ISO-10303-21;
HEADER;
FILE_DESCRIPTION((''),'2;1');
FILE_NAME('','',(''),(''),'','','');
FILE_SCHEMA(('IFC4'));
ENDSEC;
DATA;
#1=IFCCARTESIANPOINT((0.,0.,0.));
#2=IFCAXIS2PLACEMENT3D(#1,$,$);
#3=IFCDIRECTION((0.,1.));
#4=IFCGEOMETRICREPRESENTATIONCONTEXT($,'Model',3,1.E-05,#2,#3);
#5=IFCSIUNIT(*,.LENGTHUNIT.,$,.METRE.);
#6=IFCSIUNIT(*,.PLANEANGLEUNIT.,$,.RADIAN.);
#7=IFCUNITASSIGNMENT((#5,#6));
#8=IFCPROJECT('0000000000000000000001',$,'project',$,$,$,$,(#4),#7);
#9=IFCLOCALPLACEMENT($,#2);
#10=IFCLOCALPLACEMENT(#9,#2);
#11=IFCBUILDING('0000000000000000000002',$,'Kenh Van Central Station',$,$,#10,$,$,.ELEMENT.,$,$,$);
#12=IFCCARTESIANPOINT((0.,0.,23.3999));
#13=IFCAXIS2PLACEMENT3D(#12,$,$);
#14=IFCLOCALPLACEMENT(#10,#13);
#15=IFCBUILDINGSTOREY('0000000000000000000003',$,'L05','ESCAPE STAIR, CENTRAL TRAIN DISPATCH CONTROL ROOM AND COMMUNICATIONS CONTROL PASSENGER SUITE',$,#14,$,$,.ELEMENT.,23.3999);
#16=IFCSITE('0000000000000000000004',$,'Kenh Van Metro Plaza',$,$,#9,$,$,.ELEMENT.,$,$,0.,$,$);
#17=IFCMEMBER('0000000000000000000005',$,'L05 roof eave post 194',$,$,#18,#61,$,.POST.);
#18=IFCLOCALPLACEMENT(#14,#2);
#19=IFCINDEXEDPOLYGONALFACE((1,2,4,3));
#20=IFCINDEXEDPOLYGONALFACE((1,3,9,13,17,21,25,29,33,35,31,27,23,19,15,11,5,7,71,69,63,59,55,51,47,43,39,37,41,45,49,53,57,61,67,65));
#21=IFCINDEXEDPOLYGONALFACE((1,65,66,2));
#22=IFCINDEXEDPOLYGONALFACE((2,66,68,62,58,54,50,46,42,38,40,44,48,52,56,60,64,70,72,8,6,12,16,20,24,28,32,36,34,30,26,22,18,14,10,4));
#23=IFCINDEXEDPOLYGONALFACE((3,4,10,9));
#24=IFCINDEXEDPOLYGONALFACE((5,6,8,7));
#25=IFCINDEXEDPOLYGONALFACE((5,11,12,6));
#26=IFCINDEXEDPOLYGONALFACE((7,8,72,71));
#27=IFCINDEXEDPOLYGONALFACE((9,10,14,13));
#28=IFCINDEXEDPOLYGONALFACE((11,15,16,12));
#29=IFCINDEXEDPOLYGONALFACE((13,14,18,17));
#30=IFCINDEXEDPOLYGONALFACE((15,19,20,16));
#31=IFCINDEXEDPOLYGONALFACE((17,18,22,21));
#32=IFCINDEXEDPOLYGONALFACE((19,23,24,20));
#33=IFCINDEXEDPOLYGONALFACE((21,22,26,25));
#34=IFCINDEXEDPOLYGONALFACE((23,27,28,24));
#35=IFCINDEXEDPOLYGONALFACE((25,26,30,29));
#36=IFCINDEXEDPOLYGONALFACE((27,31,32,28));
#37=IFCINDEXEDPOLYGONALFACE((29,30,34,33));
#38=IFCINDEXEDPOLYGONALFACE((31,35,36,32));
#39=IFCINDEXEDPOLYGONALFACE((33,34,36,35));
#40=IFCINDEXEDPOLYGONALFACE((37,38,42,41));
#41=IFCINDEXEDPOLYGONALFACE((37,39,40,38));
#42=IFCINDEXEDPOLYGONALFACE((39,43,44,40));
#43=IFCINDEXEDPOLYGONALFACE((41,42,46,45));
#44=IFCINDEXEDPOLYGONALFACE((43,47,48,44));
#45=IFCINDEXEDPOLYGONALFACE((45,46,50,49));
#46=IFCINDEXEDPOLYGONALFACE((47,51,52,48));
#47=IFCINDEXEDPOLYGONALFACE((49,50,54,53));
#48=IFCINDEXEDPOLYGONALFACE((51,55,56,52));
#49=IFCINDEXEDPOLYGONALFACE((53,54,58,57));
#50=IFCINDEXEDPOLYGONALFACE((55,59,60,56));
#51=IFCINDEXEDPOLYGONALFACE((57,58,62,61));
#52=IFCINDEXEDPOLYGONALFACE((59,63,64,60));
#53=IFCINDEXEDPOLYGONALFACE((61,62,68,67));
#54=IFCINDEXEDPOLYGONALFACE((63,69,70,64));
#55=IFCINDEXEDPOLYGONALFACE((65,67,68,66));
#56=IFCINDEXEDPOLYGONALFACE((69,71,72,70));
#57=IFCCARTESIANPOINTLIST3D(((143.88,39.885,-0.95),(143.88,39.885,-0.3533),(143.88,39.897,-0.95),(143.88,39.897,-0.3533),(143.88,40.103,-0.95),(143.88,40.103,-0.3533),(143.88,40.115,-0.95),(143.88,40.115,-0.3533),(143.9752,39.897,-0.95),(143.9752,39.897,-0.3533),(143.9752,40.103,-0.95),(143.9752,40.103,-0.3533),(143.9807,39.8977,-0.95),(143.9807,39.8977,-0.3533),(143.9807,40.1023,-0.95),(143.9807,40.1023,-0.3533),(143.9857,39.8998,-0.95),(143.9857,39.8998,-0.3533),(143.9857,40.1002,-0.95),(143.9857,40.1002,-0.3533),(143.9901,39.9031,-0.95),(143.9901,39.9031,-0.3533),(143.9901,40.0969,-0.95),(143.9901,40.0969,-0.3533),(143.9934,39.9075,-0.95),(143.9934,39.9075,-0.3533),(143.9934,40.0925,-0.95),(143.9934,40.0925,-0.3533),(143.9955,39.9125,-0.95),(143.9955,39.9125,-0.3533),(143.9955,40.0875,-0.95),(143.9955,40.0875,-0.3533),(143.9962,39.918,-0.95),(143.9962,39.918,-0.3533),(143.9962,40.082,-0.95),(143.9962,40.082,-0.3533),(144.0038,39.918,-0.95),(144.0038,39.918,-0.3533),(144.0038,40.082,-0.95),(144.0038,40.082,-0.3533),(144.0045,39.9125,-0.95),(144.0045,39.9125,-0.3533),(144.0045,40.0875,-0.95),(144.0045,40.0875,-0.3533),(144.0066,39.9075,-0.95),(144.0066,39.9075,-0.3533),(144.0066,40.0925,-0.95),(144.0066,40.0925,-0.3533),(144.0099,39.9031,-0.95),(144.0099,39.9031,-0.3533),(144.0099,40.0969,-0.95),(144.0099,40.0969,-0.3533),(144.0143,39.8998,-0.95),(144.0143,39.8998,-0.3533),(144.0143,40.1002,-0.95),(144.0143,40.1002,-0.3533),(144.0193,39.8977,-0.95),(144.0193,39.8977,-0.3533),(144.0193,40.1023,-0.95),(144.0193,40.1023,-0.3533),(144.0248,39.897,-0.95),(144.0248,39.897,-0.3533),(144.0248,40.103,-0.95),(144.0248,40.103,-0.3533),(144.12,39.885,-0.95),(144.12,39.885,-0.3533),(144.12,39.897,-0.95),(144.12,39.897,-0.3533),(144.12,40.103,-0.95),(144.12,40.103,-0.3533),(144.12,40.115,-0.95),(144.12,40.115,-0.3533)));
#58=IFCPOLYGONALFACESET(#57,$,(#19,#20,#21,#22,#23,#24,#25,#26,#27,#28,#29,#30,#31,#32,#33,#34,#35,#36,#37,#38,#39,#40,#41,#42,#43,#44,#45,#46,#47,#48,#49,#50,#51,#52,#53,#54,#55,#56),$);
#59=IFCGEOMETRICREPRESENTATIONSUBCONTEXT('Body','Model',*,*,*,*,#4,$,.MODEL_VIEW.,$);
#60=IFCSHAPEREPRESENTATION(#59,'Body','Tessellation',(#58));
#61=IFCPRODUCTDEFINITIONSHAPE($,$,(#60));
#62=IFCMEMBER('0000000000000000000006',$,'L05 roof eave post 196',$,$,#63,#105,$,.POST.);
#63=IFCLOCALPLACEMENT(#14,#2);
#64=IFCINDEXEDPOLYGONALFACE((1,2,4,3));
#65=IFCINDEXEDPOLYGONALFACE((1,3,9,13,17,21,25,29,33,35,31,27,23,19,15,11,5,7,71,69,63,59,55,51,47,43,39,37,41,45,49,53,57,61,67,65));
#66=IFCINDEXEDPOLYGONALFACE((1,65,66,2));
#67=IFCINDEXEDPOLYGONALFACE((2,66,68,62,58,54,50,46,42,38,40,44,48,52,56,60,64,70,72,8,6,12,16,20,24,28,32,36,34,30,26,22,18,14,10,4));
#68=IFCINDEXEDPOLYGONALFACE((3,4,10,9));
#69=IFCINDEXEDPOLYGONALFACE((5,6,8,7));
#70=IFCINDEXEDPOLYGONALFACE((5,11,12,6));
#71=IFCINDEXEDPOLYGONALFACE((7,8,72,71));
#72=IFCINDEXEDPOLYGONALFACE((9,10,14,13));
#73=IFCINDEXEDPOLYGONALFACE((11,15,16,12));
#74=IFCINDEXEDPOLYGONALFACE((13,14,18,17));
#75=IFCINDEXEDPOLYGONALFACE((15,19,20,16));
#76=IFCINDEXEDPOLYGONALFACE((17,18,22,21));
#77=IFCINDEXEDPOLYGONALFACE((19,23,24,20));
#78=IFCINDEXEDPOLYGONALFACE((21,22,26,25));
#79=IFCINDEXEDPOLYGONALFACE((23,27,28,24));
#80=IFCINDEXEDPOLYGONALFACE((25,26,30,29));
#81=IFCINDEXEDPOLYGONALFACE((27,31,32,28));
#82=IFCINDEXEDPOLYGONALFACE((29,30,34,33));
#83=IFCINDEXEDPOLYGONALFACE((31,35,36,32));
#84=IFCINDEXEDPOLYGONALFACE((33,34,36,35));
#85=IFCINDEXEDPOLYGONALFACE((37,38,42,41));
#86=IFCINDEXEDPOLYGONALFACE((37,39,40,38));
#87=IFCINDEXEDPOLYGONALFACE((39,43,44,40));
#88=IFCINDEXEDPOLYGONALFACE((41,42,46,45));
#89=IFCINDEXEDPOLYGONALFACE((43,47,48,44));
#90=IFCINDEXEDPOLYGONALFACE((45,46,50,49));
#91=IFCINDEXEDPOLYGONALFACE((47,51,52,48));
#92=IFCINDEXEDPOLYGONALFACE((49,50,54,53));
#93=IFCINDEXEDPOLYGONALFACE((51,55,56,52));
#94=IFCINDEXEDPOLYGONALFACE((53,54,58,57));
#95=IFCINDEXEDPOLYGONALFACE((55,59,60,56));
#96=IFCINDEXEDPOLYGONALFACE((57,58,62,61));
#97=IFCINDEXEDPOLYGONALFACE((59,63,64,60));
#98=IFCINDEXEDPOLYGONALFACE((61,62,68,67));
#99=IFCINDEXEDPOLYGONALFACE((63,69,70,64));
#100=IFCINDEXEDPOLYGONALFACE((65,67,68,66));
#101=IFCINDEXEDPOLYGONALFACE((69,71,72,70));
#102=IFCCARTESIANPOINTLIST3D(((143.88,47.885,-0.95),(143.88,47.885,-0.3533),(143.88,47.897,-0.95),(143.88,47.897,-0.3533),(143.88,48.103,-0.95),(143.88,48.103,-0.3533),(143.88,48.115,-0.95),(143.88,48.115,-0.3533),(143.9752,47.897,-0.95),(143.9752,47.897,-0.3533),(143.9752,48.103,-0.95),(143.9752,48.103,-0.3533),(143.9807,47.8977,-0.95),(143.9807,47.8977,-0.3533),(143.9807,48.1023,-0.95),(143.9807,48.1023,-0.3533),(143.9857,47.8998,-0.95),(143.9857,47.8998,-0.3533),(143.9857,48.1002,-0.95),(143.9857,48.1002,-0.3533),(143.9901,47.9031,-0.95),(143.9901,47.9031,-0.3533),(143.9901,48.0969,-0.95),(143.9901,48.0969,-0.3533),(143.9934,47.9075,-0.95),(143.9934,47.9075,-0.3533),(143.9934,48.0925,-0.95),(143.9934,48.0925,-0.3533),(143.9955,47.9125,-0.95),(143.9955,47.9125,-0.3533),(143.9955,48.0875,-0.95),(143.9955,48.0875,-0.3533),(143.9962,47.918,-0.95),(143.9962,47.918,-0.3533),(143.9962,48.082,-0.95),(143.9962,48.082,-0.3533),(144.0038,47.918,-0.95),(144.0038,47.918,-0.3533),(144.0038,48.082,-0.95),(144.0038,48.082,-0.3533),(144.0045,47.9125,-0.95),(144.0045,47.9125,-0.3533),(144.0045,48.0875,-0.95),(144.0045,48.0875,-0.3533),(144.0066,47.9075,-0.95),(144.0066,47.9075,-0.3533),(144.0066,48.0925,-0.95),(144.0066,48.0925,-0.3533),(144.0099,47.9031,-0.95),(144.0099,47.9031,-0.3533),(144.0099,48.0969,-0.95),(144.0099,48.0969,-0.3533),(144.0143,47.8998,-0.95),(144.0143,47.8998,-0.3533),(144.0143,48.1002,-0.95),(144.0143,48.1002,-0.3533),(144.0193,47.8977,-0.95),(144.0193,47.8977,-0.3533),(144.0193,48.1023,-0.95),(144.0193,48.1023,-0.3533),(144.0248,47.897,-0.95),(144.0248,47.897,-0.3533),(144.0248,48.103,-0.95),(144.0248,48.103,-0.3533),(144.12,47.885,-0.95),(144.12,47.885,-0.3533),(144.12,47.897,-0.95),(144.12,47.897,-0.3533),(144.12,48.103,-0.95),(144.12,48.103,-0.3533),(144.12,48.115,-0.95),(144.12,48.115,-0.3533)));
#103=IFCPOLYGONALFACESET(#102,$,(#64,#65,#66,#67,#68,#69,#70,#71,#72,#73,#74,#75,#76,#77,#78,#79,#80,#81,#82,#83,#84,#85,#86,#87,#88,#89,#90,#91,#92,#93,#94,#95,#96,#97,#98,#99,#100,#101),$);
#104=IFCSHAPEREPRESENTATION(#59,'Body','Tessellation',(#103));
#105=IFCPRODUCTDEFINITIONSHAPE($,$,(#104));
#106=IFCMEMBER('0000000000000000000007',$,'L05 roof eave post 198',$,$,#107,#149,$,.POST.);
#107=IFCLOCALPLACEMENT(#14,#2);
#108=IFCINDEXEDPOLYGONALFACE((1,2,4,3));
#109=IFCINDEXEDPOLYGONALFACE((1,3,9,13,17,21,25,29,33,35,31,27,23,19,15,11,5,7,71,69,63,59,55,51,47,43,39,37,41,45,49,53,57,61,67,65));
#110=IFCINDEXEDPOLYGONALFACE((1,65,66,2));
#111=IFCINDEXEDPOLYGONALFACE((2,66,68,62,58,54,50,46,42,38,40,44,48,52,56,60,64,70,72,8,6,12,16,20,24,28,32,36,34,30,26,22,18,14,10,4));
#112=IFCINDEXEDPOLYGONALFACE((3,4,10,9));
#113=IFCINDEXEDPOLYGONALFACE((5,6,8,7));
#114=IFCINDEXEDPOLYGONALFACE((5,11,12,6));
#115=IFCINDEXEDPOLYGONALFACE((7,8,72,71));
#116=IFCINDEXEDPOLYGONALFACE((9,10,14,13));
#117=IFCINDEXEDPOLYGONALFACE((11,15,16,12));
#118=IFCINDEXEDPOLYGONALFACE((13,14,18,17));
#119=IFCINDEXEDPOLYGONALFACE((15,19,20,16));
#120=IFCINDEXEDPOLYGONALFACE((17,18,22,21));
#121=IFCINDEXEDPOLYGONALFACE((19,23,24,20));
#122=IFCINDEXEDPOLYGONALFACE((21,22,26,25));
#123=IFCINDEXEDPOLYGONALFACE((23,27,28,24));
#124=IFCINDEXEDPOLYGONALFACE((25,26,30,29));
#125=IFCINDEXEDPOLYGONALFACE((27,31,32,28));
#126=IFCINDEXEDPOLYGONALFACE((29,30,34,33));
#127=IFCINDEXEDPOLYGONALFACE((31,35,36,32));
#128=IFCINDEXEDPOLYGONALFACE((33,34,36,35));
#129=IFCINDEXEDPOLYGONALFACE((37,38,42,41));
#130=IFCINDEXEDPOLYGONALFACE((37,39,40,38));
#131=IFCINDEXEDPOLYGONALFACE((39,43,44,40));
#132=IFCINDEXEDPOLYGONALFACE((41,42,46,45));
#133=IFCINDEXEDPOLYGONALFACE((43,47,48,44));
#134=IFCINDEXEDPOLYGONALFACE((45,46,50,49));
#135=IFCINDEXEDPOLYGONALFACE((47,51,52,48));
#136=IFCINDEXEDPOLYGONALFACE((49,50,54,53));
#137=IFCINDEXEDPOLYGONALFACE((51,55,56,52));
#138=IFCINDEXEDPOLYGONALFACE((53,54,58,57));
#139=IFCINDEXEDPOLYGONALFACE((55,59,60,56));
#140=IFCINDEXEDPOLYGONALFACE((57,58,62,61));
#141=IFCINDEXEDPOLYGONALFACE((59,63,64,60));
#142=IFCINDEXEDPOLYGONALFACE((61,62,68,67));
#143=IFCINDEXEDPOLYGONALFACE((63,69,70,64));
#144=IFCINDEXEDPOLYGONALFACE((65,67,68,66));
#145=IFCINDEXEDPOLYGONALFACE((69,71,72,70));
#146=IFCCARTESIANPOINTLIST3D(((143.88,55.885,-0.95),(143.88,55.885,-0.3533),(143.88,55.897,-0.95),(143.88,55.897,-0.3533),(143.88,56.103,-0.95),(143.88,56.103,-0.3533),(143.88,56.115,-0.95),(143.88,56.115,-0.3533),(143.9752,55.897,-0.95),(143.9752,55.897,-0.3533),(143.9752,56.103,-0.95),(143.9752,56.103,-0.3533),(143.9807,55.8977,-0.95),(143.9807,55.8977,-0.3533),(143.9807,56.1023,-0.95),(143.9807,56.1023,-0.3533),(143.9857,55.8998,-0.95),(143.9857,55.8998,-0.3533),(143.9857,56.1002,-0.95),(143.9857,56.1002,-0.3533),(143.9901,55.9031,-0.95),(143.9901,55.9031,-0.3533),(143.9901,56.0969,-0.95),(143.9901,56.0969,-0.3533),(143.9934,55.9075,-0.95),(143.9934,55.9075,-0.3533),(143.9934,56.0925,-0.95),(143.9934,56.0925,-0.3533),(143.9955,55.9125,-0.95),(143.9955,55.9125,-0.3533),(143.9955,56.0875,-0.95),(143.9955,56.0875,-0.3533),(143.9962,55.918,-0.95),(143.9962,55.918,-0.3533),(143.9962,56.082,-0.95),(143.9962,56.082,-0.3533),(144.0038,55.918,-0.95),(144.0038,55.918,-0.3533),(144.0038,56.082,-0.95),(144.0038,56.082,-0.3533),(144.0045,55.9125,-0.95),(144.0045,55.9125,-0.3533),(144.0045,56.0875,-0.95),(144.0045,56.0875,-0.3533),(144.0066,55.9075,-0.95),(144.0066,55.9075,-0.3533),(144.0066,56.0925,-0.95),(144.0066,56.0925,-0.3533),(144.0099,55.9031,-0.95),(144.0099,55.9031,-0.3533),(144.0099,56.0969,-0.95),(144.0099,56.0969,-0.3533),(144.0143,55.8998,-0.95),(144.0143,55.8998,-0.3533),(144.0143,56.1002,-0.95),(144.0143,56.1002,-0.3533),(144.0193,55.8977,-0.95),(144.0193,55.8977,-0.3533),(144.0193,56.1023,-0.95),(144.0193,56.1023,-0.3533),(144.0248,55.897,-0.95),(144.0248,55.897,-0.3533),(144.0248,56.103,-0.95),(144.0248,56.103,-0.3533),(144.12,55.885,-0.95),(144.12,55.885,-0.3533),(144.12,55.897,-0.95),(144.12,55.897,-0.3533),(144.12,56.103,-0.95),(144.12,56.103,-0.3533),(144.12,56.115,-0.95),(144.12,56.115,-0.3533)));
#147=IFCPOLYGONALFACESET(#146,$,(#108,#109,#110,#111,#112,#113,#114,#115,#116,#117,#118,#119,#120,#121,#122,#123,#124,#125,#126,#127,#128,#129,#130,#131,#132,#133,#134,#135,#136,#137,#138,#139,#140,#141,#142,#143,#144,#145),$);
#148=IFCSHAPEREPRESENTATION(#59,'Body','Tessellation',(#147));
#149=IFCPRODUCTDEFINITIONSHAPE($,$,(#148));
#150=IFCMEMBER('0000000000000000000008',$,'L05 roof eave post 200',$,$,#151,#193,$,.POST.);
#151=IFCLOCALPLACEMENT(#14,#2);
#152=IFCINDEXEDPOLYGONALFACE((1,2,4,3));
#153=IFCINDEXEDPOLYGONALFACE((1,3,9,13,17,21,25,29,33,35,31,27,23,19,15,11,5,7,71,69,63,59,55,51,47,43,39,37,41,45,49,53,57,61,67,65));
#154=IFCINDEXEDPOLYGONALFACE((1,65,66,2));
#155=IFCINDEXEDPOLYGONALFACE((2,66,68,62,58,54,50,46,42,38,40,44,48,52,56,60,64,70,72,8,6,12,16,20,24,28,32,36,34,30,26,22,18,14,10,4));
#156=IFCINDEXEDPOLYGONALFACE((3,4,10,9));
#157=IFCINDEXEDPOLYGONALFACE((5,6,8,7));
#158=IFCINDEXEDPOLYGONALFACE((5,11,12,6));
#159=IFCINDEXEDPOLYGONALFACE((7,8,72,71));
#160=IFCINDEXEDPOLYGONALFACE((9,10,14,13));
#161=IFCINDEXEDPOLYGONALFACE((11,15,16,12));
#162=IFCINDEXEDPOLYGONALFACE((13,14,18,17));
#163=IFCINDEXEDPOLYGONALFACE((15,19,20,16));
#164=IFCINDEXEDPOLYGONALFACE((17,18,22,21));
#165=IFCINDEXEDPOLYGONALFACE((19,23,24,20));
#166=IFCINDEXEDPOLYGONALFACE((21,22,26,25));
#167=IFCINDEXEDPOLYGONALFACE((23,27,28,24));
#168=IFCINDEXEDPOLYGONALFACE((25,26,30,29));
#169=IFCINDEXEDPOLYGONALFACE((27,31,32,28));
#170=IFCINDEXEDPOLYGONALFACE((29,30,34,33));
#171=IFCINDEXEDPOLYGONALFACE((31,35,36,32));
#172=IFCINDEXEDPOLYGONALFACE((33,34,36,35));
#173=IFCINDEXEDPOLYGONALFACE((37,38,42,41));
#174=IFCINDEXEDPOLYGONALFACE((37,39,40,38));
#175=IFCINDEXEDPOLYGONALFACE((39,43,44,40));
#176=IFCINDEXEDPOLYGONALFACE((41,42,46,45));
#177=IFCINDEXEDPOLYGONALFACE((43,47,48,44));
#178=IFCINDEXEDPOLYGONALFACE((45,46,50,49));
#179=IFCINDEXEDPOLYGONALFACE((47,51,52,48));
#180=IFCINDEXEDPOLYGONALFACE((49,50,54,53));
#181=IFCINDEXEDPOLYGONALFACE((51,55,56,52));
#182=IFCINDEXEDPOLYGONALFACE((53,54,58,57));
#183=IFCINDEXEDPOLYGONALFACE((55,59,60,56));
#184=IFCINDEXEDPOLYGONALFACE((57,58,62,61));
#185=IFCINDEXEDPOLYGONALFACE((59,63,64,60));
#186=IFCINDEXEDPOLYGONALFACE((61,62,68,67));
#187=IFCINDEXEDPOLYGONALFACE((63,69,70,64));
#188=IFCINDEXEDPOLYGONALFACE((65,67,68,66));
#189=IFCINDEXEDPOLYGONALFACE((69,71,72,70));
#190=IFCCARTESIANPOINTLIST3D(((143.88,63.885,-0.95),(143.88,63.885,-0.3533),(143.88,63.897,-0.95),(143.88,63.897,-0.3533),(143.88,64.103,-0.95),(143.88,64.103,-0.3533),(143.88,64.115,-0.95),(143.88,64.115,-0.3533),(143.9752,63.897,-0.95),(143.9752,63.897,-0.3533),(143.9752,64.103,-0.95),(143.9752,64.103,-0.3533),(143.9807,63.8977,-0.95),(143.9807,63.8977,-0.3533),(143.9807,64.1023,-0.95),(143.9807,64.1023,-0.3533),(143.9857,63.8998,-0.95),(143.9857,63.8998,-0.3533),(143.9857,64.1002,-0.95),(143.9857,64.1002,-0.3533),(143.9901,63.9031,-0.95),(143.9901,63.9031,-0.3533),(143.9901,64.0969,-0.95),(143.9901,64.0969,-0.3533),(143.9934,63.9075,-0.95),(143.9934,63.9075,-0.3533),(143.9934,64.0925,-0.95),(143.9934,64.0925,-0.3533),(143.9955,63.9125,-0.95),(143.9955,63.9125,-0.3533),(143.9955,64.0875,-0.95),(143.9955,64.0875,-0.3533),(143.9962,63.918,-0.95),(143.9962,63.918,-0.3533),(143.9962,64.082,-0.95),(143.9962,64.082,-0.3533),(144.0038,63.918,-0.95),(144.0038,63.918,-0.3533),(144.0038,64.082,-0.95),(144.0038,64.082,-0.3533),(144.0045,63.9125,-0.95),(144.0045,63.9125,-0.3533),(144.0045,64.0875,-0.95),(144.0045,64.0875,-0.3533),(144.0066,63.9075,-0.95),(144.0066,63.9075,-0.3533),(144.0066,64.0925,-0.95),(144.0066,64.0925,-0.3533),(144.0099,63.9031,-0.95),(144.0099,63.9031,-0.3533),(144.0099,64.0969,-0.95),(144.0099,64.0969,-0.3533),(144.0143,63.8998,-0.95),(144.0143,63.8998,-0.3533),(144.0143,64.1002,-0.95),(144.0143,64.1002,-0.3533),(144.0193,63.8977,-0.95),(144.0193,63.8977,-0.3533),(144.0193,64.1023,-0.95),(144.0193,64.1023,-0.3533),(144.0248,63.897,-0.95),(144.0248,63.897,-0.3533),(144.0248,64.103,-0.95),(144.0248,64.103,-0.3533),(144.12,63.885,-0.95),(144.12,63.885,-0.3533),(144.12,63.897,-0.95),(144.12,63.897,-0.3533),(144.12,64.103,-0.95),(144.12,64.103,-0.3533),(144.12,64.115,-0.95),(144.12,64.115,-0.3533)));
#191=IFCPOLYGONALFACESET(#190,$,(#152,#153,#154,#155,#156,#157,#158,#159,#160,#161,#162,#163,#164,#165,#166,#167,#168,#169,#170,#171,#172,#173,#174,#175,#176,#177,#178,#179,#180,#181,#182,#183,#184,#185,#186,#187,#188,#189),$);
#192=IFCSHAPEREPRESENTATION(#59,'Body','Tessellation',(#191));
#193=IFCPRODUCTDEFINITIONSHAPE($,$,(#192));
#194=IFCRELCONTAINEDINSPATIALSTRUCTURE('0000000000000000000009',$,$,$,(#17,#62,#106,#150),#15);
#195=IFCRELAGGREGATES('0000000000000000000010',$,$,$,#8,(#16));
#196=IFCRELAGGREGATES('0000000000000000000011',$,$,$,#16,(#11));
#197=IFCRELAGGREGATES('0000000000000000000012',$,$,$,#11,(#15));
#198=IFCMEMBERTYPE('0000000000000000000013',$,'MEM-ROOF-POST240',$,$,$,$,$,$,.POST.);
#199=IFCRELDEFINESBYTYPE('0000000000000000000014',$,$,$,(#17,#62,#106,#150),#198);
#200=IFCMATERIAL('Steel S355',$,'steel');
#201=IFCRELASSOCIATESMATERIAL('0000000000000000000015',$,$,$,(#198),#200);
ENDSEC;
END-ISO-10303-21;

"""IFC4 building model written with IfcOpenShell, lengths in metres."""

from ifc_helpers import new_model, si_unit, direction, frame, origin, origin_2d, place, context, subcontext, project, spatial, i_section, extrude, material, material_profile, profile_set, type_object, element, save


model = new_model("IFC4")

# Units and contexts
model_context = context("Model", 3, precision=1e-05, world=origin(), true_north=direction((0.0, 1.0)))
body_context = subcontext(model_context, "Body", "Model", "MODEL_VIEW")
ifc_project = project(units=[si_unit("LENGTHUNIT", "METRE"), si_unit("PLANEANGLEUNIT", "RADIAN")], contexts=[model_context])

# Site, building, storey
site_placement = place(None, origin())
site = spatial("IfcSite", under=ifc_project, at=site_placement, Name="Kenh Van Metro Plaza", CompositionType="ELEMENT", RefElevation=0.0)
building_placement = place(site_placement, origin())
building = spatial("IfcBuilding", under=site, at=building_placement, Name="Kenh Van Central Station", CompositionType="ELEMENT")
storey_placement = place(building_placement, frame((0.0, 0.0, 23.3999)))
storey = spatial("IfcBuildingStorey", under=building, at=storey_placement, Name="L05", Description="ESCAPE STAIR, CENTRAL TRAIN DISPATCH CONTROL ROOM AND COMMUNICATIONS CONTROL PASSENGER SUITE", CompositionType="ELEMENT", Elevation=23.3999)

# Members
ifc_material_1 = material(Name="Steel S355", Category="steel")
ifc_material_profile_1 = material_profile(ifc_material_1, i_section(OverallWidth=0.24, OverallDepth=0.23, WebThickness=0.0076, FlangeThickness=0.012, FilletRadius=0.021, at=origin_2d()), Name="HEA 240")
ifc_profile_set_1 = profile_set([ifc_material_profile_1], Name="Steel S355")
member_type_1 = type_object("IfcMemberType", Name="MEM-ROOF-POST240", PredefinedType="POST", material=ifc_profile_set_1)
for number, where, z_axis, x_axis, name in (
    (1, (144.0, 40.0, -0.95), (0.0, 0.0, 1.0), (1.0, 0.0, 0.0), "L05 roof eave post 194"),
    (2, (144.0, 48.0, -0.95), (0.0, 0.0, 1.0), (1.0, 0.0, 0.0), "L05 roof eave post 196"),
    (3, (144.0, 56.0, -0.95), (0.0, 0.0, 1.0), (1.0, 0.0, 0.0), "L05 roof eave post 198"),
    (4, (144.0, 64.0, -0.95), (0.0, 0.0, 1.0), (1.0, 0.0, 0.0), "L05 roof eave post 200"),
):
    element("IfcMember", number, at=place(storey_placement, frame(where, z_axis=z_axis, x_axis=x_axis)), inside=storey, type_object=member_type_1, Name=name, PredefinedType="POST", context=body_context, shape_type="SweptSolid", body=[
        extrude(i_section(OverallWidth=0.24, OverallDepth=0.23, WebThickness=0.0076, FlangeThickness=0.012, FilletRadius=0.021, at=origin_2d()), origin(), (0.0, 0.0, 1.0), 0.5967),
    ])

save(model, "model.ifc")
